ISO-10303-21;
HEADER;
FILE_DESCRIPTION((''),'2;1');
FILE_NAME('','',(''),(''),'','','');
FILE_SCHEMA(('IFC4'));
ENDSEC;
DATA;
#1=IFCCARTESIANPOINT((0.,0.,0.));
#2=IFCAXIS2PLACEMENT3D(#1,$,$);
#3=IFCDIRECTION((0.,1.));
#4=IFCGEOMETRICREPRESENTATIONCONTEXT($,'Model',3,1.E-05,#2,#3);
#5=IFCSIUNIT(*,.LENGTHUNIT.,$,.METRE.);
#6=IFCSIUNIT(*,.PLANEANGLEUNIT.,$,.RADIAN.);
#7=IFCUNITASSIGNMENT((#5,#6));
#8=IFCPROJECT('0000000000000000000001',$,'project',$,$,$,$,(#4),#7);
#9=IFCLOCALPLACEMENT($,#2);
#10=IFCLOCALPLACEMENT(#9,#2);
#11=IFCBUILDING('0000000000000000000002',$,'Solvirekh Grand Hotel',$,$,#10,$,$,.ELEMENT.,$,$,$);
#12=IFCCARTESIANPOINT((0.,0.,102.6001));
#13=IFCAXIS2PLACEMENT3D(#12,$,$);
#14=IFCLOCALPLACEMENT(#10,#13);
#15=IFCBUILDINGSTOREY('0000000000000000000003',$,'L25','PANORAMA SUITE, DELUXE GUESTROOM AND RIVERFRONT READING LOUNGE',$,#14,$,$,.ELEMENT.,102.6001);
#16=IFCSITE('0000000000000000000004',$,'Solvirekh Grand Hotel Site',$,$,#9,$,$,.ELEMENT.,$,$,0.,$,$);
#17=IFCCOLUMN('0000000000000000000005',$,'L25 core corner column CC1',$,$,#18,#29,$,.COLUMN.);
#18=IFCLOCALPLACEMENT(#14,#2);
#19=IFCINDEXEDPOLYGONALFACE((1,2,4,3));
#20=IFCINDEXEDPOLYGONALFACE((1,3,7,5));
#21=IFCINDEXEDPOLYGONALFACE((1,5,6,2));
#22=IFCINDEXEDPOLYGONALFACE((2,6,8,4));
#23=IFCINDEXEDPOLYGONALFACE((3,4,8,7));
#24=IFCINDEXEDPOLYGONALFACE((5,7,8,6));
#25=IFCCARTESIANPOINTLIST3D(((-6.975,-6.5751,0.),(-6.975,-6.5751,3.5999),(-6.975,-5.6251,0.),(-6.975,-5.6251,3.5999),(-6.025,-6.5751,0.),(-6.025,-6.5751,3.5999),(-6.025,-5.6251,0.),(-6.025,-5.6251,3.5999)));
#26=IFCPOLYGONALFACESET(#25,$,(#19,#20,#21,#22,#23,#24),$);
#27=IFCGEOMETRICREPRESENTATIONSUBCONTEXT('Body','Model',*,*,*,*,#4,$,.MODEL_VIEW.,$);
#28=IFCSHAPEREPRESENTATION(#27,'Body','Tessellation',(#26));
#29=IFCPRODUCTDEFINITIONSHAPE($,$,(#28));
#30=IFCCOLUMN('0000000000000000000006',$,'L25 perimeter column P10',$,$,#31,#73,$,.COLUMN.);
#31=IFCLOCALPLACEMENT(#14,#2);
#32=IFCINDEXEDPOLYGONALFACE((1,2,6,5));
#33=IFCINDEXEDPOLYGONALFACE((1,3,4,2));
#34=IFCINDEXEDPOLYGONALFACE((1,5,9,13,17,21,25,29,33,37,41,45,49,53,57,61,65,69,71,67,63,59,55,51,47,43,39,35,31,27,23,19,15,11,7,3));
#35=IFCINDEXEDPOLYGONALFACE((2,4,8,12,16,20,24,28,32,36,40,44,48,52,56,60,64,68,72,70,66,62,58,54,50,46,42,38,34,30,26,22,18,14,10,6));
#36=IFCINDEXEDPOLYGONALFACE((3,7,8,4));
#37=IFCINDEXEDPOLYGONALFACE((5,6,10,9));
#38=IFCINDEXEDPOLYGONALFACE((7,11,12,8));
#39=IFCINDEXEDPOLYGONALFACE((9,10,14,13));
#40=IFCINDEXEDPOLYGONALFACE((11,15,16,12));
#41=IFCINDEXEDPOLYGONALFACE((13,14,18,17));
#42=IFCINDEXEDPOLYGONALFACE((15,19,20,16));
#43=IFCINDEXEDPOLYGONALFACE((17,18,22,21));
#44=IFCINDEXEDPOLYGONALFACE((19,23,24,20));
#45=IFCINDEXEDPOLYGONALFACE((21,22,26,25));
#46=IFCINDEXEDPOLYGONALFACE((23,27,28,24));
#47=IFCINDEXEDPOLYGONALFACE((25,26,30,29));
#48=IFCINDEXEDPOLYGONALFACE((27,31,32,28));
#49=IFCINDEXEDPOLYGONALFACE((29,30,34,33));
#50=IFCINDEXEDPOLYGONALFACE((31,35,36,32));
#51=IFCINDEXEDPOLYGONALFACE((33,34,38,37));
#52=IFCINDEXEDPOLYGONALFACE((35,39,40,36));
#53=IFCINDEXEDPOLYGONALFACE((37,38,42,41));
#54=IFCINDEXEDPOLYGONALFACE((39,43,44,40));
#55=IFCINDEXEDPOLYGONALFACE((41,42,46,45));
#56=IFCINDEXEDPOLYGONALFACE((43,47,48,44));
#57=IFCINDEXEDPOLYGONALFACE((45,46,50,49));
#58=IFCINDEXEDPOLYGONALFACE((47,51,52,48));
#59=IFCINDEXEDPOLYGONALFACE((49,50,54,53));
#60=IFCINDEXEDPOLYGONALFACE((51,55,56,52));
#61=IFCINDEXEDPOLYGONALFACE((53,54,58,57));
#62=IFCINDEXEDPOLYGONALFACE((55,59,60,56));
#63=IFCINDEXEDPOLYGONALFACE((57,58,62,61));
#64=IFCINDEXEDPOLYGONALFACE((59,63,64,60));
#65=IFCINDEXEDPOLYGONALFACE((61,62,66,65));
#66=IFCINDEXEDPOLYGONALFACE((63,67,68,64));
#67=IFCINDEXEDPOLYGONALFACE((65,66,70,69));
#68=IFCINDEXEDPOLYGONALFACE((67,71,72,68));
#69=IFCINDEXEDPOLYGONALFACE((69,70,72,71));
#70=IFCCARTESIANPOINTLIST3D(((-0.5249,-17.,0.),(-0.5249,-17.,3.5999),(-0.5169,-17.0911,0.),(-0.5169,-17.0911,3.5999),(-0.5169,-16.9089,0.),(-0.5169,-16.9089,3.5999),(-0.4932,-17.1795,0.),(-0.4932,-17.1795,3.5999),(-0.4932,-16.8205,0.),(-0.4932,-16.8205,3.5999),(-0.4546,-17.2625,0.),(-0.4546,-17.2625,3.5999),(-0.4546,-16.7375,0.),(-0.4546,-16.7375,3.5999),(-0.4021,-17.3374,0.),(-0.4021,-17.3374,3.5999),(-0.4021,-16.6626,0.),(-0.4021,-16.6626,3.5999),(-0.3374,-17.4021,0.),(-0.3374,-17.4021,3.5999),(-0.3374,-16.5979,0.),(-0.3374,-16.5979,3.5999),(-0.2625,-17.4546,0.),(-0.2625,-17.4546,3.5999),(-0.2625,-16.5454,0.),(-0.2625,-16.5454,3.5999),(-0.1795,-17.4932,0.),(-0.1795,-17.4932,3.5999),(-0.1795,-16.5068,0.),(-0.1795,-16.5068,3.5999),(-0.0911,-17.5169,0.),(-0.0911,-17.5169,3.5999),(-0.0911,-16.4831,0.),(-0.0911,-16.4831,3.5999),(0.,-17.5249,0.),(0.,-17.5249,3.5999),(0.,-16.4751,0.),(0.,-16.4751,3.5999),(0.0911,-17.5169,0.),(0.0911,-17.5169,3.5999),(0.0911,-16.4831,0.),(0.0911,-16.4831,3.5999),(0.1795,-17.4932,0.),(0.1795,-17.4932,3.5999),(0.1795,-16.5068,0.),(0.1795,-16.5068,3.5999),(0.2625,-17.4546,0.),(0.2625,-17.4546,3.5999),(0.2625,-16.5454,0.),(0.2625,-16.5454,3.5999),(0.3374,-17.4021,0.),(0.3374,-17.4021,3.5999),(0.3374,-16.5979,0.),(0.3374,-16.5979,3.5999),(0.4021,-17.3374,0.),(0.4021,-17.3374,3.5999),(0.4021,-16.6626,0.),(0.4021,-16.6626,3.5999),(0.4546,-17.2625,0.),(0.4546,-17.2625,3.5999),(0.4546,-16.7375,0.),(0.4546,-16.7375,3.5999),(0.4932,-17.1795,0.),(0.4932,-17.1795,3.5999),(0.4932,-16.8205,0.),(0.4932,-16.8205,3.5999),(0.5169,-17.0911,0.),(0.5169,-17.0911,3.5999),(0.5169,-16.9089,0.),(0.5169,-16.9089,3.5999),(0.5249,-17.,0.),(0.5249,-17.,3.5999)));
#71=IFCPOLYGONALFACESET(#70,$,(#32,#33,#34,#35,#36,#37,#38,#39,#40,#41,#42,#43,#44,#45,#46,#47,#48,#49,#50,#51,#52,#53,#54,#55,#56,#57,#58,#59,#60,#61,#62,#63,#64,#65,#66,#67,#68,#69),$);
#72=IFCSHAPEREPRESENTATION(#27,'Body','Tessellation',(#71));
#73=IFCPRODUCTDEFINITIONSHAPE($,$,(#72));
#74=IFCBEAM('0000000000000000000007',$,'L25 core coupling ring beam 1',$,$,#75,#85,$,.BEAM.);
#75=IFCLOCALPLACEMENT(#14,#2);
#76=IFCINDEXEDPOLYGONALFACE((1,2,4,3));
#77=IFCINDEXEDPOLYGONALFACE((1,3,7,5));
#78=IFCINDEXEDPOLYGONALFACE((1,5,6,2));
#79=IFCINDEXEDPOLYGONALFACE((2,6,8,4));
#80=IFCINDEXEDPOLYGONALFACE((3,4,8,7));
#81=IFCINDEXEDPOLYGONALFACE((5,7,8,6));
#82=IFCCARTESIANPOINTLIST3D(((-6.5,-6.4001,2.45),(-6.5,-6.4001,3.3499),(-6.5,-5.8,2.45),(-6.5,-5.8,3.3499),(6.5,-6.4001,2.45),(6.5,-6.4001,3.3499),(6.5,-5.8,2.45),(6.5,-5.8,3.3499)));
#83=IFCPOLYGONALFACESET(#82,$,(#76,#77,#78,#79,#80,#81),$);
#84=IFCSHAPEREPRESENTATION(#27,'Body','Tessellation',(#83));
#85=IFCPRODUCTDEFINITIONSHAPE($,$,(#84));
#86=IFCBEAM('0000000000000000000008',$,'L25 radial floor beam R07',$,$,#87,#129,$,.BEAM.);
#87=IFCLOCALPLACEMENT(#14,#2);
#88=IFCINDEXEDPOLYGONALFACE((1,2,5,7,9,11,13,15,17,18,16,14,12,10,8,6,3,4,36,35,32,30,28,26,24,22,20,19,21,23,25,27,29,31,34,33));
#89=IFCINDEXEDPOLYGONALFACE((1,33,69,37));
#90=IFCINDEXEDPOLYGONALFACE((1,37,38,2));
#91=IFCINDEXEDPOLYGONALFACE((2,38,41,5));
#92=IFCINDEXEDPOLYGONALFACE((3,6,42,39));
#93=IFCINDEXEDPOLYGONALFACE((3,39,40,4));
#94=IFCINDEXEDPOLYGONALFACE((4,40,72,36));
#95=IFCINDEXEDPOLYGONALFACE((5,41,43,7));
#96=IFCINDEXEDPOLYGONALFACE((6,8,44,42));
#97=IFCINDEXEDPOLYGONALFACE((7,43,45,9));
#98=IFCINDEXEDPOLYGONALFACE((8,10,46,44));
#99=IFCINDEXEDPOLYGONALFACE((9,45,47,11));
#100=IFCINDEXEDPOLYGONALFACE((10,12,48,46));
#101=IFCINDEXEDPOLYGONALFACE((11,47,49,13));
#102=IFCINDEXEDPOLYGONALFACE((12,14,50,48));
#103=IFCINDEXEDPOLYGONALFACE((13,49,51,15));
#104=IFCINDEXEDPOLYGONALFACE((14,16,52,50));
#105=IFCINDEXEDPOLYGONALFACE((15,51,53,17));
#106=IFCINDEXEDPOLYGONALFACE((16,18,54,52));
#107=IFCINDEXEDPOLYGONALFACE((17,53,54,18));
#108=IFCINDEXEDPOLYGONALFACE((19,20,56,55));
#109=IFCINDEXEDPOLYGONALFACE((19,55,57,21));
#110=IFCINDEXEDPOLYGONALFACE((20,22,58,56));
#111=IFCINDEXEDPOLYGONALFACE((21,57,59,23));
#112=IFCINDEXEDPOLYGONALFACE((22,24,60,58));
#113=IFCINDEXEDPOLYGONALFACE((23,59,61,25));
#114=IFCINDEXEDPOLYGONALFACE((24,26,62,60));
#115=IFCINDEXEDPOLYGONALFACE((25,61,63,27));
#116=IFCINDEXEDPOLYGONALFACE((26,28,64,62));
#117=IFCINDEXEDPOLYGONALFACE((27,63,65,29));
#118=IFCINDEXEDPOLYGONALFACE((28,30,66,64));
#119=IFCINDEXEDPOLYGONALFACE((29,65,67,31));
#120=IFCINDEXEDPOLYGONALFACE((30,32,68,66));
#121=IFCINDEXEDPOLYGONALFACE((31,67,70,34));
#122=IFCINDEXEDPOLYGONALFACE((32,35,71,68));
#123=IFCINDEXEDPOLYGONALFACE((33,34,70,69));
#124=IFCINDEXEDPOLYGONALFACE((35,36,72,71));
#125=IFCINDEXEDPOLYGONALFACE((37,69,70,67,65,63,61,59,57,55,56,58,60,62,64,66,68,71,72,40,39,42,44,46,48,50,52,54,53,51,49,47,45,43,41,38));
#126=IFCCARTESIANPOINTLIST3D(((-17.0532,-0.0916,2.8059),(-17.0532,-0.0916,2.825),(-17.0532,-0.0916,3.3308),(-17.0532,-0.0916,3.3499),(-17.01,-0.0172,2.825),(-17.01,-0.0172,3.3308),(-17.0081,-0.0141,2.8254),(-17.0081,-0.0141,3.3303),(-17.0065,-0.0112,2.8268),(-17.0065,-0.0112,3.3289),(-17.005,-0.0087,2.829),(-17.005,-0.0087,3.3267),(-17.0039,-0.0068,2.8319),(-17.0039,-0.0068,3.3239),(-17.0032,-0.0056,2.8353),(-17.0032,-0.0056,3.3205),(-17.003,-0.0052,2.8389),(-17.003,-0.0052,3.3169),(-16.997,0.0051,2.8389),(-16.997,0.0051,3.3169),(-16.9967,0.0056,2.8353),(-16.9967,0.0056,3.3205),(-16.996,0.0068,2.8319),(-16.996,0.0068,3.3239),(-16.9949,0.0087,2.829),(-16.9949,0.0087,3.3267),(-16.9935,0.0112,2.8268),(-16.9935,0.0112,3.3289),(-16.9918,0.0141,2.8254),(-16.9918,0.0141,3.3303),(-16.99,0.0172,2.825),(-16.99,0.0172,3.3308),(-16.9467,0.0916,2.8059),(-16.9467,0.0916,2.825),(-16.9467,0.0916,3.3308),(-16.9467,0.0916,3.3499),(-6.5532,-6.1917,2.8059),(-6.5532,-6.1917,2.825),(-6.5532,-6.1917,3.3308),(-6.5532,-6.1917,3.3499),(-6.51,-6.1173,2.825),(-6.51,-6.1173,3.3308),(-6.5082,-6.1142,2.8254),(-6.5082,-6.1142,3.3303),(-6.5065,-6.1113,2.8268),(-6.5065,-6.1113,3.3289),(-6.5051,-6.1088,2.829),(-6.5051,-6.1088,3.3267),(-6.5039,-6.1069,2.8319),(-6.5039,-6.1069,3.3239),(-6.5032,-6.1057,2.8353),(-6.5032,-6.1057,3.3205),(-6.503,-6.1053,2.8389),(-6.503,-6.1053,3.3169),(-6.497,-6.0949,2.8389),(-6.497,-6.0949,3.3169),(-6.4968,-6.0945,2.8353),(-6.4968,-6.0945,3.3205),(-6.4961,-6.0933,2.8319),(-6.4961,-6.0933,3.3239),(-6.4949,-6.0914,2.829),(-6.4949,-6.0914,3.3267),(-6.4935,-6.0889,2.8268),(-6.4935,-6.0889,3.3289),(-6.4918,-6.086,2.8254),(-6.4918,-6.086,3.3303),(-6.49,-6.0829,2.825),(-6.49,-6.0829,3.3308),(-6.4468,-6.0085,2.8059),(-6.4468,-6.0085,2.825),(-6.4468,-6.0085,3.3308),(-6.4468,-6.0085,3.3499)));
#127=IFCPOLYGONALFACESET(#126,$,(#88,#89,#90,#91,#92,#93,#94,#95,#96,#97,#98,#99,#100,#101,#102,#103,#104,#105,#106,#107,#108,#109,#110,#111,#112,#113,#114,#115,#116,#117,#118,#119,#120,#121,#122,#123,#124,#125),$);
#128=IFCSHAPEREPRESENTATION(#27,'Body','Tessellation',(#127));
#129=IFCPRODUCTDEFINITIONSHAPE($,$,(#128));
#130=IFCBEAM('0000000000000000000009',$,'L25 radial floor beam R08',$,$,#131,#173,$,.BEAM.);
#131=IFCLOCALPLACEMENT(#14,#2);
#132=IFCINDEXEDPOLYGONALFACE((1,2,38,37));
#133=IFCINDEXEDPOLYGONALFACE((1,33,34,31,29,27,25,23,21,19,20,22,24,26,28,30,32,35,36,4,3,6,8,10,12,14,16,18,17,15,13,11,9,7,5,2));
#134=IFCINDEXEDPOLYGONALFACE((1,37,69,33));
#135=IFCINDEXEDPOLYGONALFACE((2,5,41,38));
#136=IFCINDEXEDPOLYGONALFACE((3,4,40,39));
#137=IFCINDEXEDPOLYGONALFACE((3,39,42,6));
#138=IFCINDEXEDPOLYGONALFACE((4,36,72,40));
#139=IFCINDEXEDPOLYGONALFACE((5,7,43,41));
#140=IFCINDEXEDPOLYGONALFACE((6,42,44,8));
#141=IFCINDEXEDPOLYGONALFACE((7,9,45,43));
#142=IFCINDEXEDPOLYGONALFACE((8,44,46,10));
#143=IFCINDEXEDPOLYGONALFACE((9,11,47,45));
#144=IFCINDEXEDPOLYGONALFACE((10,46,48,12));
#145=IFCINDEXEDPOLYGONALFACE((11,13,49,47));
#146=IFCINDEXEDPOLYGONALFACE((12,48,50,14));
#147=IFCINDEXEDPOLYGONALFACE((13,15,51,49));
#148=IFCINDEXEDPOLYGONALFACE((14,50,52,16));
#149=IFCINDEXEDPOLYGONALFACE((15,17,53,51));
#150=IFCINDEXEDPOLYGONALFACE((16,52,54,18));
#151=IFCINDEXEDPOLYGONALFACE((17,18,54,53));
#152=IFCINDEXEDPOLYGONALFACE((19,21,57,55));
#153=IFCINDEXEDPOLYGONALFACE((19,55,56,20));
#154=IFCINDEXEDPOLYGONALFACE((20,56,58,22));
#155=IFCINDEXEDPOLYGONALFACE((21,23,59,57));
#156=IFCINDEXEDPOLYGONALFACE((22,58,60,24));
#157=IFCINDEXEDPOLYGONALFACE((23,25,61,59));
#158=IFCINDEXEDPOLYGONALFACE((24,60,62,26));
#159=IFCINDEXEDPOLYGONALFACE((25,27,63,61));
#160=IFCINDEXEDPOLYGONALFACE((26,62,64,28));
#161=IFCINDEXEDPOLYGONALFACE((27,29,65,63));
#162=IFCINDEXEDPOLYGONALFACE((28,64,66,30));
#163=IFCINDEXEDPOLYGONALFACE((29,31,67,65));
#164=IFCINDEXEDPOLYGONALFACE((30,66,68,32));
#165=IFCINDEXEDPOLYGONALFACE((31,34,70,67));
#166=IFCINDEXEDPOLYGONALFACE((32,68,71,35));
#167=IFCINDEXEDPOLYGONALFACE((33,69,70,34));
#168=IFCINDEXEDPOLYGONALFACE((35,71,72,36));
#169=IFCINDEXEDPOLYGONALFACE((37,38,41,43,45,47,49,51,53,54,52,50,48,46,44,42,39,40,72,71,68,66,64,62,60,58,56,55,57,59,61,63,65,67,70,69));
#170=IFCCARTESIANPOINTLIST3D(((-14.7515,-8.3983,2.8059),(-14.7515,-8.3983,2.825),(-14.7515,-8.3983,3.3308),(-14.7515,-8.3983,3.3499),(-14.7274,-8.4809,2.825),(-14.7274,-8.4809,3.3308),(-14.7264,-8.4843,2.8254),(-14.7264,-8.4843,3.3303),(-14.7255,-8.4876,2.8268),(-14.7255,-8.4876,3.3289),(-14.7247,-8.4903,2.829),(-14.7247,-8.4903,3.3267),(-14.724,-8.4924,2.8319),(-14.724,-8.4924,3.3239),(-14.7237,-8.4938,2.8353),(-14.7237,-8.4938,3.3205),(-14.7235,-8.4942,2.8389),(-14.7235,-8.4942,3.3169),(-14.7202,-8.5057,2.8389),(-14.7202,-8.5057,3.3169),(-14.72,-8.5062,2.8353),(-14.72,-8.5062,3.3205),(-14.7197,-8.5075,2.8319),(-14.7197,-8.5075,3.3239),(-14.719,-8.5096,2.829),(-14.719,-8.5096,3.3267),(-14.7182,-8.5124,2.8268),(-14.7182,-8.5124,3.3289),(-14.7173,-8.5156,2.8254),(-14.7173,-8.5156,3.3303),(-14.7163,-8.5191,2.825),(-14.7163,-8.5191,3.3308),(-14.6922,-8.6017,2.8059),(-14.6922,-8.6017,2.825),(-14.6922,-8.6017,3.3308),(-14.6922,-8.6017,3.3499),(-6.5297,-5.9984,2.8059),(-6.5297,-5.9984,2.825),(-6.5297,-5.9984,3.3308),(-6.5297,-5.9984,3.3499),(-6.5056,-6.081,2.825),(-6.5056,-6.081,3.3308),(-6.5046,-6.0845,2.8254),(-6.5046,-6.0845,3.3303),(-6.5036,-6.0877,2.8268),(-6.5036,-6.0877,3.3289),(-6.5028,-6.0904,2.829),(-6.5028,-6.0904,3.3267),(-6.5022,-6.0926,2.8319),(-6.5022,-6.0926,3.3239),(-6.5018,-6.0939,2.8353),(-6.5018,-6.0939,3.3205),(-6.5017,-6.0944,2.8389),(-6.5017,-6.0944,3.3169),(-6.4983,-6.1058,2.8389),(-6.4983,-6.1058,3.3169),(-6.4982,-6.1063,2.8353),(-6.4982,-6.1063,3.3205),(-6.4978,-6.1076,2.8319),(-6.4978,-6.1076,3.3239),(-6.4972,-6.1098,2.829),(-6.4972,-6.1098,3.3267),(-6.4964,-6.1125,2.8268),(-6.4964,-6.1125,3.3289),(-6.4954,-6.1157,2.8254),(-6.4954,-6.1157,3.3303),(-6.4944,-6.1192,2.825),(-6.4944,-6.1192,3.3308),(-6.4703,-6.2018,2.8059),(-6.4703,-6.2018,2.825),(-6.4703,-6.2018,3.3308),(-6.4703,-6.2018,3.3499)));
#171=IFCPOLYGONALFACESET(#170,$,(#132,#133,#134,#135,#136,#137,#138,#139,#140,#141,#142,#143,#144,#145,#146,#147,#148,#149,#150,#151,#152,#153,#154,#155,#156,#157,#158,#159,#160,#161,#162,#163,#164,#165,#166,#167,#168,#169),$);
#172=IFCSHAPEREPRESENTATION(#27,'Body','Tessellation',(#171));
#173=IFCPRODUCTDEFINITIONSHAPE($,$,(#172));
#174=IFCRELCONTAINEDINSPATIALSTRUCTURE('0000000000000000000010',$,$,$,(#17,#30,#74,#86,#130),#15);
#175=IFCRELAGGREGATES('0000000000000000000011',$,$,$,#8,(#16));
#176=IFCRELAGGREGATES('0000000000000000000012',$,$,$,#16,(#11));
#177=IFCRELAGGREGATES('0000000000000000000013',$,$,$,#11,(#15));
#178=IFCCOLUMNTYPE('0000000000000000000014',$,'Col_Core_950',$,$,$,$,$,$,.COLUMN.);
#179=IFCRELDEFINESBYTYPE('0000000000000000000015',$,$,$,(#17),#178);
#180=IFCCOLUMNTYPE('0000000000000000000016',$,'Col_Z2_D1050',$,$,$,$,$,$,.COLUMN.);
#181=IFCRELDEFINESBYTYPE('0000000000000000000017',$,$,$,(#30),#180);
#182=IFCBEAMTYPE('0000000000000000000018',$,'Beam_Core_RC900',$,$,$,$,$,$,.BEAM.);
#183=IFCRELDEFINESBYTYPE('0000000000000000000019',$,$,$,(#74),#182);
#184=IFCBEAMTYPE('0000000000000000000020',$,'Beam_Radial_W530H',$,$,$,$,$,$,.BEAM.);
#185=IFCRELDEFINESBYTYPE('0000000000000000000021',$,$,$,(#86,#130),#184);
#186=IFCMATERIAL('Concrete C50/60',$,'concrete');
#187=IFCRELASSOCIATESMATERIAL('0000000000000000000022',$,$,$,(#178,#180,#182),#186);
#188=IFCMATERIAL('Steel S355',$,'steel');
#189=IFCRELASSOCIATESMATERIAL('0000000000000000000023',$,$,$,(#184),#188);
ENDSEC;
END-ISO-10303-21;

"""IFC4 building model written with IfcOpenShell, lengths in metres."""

from ifc_helpers import new_model, si_unit, direction, frame, origin, origin_2d, place, context, subcontext, project, spatial, rectangle, circle, i_section, extrude, material, material_profile, profile_set, type_object, element, save


model = new_model("IFC4")

# Units and contexts
model_context = context("Model", 3, precision=1e-05, world=origin(), true_north=direction((0.0, 1.0)))
body_context = subcontext(model_context, "Body", "Model", "MODEL_VIEW")
ifc_project = project(units=[si_unit("LENGTHUNIT", "METRE"), si_unit("PLANEANGLEUNIT", "RADIAN")], contexts=[model_context])

# Site, building, storey
site_placement = place(None, origin())
site = spatial("IfcSite", under=ifc_project, at=site_placement, Name="Solvirekh Grand Hotel Site", CompositionType="ELEMENT", RefElevation=0.0)
building_placement = place(site_placement, origin())
building = spatial("IfcBuilding", under=site, at=building_placement, Name="Solvirekh Grand Hotel", CompositionType="ELEMENT")
storey_placement = place(building_placement, frame((0.0, 0.0, 102.6001)))
storey = spatial("IfcBuildingStorey", under=building, at=storey_placement, Name="L25", Description="PANORAMA SUITE, DELUXE GUESTROOM AND RIVERFRONT READING LOUNGE", CompositionType="ELEMENT", Elevation=102.6001)

# Columns
ifc_material_1 = material(Name="Concrete C50/60", Category="concrete")
ifc_material_profile_1 = material_profile(ifc_material_1, rectangle(XDim=0.95, YDim=0.95, at=origin_2d()), Name="RC 950X950")
ifc_profile_set_1 = profile_set([ifc_material_profile_1], Name="Concrete C50/60")
column_type_1 = type_object("IfcColumnType", Name="Col_Core_950", PredefinedType="COLUMN", material=ifc_profile_set_1)
column_1_placement = place(storey_placement, frame((-6.5, -6.1001, 0.0), z_axis=(0.0, 0.0, 1.0), x_axis=(1.0, 0.0, 0.0)))
element("IfcColumn", 1, at=column_1_placement, inside=storey, type_object=column_type_1, Name="L25 core corner column CC1", PredefinedType="COLUMN", context=body_context, shape_type="SweptSolid", body=[
    extrude(rectangle(XDim=0.95, YDim=0.95, at=origin_2d()), origin(), (0.0, 0.0, 1.0), 3.5999),
])
ifc_material_profile_2 = material_profile(ifc_material_1, circle(Radius=0.5249, at=origin_2d()), Name="RC CIRC D1050")
ifc_profile_set_2 = profile_set([ifc_material_profile_2], Name="Concrete C50/60")
column_type_2 = type_object("IfcColumnType", Name="Col_Z2_D1050", PredefinedType="COLUMN", material=ifc_profile_set_2)
column_2_placement = place(storey_placement, frame((0.0, -17.0, 0.0), z_axis=(0.0, 0.0, 1.0), x_axis=(1.0, 0.0, 0.0)))
element("IfcColumn", 2, at=column_2_placement, inside=storey, type_object=column_type_2, Name="L25 perimeter column P10", PredefinedType="COLUMN", context=body_context, shape_type="SweptSolid", body=[
    extrude(circle(Radius=0.5249, at=origin_2d()), origin(), (0.0, 0.0, 1.0), 3.5999),
])

# Beams
ifc_material_profile_3 = material_profile(ifc_material_1, rectangle(XDim=0.6001, YDim=0.8999, at=origin_2d()), Name="RC BEAM 600X900")
ifc_profile_set_3 = profile_set([ifc_material_profile_3], Name="Concrete C50/60")
beam_type_1 = type_object("IfcBeamType", Name="Beam_Core_RC900", PredefinedType="BEAM", material=ifc_profile_set_3)
beam_1_placement = place(storey_placement, frame((-6.5, -6.1001, 2.8999), z_axis=(1.0, 0.0, 0.0), x_axis=(0.0, 1.0, 0.0)))
element("IfcBeam", 3, at=beam_1_placement, inside=storey, type_object=beam_type_1, Name="L25 core coupling ring beam 1", PredefinedType="BEAM", context=body_context, shape_type="SweptSolid", body=[
    extrude(rectangle(XDim=0.6001, YDim=0.8999, at=origin_2d()), origin(), (0.0, 0.0, 1.0), 13.0),
])
ifc_material_2 = material(Name="Steel S355", Category="steel")
ifc_material_profile_4 = material_profile(ifc_material_2, i_section(OverallWidth=0.2119, OverallDepth=0.5439, WebThickness=0.012, FlangeThickness=0.019, FilletRadius=0.0139, at=origin_2d()), Name="W530X123")
ifc_profile_set_4 = profile_set([ifc_material_profile_4], Name="Steel S355")
beam_type_2 = type_object("IfcBeamType", Name="Beam_Radial_W530H", PredefinedType="BEAM", material=ifc_profile_set_4)
beam_2_placement = place(storey_placement, frame((-6.5, -6.1001, 3.0779), z_axis=(-0.86467, 0.50234, 0.0), x_axis=(-0.50234, -0.86467, 0.0)))
element("IfcBeam", 4, at=beam_2_placement, inside=storey, type_object=beam_type_2, Name="L25 radial floor beam R07", PredefinedType="BEAM", context=body_context, shape_type="SweptSolid", body=[
    extrude(i_section(OverallWidth=0.2119, OverallDepth=0.5439, WebThickness=0.012, FlangeThickness=0.019, FilletRadius=0.0139, at=origin_2d()), origin(), (0.0, 0.0, 1.0), 12.1433),
])
beam_3_placement = place(storey_placement, frame((-6.5, -6.1001, 3.0779), z_axis=(-0.959942, -0.280198, 0.0), x_axis=(0.280198, -0.959942, 0.0)))
element("IfcBeam", 5, at=beam_3_placement, inside=storey, type_object=beam_type_2, Name="L25 radial floor beam R08", PredefinedType="BEAM", context=body_context, shape_type="SweptSolid", body=[
    extrude(i_section(OverallWidth=0.2119, OverallDepth=0.5439, WebThickness=0.012, FlangeThickness=0.019, FilletRadius=0.0139, at=origin_2d()), origin(), (0.0, 0.0, 1.0), 8.5649),
])

save(model, "model.ifc")
